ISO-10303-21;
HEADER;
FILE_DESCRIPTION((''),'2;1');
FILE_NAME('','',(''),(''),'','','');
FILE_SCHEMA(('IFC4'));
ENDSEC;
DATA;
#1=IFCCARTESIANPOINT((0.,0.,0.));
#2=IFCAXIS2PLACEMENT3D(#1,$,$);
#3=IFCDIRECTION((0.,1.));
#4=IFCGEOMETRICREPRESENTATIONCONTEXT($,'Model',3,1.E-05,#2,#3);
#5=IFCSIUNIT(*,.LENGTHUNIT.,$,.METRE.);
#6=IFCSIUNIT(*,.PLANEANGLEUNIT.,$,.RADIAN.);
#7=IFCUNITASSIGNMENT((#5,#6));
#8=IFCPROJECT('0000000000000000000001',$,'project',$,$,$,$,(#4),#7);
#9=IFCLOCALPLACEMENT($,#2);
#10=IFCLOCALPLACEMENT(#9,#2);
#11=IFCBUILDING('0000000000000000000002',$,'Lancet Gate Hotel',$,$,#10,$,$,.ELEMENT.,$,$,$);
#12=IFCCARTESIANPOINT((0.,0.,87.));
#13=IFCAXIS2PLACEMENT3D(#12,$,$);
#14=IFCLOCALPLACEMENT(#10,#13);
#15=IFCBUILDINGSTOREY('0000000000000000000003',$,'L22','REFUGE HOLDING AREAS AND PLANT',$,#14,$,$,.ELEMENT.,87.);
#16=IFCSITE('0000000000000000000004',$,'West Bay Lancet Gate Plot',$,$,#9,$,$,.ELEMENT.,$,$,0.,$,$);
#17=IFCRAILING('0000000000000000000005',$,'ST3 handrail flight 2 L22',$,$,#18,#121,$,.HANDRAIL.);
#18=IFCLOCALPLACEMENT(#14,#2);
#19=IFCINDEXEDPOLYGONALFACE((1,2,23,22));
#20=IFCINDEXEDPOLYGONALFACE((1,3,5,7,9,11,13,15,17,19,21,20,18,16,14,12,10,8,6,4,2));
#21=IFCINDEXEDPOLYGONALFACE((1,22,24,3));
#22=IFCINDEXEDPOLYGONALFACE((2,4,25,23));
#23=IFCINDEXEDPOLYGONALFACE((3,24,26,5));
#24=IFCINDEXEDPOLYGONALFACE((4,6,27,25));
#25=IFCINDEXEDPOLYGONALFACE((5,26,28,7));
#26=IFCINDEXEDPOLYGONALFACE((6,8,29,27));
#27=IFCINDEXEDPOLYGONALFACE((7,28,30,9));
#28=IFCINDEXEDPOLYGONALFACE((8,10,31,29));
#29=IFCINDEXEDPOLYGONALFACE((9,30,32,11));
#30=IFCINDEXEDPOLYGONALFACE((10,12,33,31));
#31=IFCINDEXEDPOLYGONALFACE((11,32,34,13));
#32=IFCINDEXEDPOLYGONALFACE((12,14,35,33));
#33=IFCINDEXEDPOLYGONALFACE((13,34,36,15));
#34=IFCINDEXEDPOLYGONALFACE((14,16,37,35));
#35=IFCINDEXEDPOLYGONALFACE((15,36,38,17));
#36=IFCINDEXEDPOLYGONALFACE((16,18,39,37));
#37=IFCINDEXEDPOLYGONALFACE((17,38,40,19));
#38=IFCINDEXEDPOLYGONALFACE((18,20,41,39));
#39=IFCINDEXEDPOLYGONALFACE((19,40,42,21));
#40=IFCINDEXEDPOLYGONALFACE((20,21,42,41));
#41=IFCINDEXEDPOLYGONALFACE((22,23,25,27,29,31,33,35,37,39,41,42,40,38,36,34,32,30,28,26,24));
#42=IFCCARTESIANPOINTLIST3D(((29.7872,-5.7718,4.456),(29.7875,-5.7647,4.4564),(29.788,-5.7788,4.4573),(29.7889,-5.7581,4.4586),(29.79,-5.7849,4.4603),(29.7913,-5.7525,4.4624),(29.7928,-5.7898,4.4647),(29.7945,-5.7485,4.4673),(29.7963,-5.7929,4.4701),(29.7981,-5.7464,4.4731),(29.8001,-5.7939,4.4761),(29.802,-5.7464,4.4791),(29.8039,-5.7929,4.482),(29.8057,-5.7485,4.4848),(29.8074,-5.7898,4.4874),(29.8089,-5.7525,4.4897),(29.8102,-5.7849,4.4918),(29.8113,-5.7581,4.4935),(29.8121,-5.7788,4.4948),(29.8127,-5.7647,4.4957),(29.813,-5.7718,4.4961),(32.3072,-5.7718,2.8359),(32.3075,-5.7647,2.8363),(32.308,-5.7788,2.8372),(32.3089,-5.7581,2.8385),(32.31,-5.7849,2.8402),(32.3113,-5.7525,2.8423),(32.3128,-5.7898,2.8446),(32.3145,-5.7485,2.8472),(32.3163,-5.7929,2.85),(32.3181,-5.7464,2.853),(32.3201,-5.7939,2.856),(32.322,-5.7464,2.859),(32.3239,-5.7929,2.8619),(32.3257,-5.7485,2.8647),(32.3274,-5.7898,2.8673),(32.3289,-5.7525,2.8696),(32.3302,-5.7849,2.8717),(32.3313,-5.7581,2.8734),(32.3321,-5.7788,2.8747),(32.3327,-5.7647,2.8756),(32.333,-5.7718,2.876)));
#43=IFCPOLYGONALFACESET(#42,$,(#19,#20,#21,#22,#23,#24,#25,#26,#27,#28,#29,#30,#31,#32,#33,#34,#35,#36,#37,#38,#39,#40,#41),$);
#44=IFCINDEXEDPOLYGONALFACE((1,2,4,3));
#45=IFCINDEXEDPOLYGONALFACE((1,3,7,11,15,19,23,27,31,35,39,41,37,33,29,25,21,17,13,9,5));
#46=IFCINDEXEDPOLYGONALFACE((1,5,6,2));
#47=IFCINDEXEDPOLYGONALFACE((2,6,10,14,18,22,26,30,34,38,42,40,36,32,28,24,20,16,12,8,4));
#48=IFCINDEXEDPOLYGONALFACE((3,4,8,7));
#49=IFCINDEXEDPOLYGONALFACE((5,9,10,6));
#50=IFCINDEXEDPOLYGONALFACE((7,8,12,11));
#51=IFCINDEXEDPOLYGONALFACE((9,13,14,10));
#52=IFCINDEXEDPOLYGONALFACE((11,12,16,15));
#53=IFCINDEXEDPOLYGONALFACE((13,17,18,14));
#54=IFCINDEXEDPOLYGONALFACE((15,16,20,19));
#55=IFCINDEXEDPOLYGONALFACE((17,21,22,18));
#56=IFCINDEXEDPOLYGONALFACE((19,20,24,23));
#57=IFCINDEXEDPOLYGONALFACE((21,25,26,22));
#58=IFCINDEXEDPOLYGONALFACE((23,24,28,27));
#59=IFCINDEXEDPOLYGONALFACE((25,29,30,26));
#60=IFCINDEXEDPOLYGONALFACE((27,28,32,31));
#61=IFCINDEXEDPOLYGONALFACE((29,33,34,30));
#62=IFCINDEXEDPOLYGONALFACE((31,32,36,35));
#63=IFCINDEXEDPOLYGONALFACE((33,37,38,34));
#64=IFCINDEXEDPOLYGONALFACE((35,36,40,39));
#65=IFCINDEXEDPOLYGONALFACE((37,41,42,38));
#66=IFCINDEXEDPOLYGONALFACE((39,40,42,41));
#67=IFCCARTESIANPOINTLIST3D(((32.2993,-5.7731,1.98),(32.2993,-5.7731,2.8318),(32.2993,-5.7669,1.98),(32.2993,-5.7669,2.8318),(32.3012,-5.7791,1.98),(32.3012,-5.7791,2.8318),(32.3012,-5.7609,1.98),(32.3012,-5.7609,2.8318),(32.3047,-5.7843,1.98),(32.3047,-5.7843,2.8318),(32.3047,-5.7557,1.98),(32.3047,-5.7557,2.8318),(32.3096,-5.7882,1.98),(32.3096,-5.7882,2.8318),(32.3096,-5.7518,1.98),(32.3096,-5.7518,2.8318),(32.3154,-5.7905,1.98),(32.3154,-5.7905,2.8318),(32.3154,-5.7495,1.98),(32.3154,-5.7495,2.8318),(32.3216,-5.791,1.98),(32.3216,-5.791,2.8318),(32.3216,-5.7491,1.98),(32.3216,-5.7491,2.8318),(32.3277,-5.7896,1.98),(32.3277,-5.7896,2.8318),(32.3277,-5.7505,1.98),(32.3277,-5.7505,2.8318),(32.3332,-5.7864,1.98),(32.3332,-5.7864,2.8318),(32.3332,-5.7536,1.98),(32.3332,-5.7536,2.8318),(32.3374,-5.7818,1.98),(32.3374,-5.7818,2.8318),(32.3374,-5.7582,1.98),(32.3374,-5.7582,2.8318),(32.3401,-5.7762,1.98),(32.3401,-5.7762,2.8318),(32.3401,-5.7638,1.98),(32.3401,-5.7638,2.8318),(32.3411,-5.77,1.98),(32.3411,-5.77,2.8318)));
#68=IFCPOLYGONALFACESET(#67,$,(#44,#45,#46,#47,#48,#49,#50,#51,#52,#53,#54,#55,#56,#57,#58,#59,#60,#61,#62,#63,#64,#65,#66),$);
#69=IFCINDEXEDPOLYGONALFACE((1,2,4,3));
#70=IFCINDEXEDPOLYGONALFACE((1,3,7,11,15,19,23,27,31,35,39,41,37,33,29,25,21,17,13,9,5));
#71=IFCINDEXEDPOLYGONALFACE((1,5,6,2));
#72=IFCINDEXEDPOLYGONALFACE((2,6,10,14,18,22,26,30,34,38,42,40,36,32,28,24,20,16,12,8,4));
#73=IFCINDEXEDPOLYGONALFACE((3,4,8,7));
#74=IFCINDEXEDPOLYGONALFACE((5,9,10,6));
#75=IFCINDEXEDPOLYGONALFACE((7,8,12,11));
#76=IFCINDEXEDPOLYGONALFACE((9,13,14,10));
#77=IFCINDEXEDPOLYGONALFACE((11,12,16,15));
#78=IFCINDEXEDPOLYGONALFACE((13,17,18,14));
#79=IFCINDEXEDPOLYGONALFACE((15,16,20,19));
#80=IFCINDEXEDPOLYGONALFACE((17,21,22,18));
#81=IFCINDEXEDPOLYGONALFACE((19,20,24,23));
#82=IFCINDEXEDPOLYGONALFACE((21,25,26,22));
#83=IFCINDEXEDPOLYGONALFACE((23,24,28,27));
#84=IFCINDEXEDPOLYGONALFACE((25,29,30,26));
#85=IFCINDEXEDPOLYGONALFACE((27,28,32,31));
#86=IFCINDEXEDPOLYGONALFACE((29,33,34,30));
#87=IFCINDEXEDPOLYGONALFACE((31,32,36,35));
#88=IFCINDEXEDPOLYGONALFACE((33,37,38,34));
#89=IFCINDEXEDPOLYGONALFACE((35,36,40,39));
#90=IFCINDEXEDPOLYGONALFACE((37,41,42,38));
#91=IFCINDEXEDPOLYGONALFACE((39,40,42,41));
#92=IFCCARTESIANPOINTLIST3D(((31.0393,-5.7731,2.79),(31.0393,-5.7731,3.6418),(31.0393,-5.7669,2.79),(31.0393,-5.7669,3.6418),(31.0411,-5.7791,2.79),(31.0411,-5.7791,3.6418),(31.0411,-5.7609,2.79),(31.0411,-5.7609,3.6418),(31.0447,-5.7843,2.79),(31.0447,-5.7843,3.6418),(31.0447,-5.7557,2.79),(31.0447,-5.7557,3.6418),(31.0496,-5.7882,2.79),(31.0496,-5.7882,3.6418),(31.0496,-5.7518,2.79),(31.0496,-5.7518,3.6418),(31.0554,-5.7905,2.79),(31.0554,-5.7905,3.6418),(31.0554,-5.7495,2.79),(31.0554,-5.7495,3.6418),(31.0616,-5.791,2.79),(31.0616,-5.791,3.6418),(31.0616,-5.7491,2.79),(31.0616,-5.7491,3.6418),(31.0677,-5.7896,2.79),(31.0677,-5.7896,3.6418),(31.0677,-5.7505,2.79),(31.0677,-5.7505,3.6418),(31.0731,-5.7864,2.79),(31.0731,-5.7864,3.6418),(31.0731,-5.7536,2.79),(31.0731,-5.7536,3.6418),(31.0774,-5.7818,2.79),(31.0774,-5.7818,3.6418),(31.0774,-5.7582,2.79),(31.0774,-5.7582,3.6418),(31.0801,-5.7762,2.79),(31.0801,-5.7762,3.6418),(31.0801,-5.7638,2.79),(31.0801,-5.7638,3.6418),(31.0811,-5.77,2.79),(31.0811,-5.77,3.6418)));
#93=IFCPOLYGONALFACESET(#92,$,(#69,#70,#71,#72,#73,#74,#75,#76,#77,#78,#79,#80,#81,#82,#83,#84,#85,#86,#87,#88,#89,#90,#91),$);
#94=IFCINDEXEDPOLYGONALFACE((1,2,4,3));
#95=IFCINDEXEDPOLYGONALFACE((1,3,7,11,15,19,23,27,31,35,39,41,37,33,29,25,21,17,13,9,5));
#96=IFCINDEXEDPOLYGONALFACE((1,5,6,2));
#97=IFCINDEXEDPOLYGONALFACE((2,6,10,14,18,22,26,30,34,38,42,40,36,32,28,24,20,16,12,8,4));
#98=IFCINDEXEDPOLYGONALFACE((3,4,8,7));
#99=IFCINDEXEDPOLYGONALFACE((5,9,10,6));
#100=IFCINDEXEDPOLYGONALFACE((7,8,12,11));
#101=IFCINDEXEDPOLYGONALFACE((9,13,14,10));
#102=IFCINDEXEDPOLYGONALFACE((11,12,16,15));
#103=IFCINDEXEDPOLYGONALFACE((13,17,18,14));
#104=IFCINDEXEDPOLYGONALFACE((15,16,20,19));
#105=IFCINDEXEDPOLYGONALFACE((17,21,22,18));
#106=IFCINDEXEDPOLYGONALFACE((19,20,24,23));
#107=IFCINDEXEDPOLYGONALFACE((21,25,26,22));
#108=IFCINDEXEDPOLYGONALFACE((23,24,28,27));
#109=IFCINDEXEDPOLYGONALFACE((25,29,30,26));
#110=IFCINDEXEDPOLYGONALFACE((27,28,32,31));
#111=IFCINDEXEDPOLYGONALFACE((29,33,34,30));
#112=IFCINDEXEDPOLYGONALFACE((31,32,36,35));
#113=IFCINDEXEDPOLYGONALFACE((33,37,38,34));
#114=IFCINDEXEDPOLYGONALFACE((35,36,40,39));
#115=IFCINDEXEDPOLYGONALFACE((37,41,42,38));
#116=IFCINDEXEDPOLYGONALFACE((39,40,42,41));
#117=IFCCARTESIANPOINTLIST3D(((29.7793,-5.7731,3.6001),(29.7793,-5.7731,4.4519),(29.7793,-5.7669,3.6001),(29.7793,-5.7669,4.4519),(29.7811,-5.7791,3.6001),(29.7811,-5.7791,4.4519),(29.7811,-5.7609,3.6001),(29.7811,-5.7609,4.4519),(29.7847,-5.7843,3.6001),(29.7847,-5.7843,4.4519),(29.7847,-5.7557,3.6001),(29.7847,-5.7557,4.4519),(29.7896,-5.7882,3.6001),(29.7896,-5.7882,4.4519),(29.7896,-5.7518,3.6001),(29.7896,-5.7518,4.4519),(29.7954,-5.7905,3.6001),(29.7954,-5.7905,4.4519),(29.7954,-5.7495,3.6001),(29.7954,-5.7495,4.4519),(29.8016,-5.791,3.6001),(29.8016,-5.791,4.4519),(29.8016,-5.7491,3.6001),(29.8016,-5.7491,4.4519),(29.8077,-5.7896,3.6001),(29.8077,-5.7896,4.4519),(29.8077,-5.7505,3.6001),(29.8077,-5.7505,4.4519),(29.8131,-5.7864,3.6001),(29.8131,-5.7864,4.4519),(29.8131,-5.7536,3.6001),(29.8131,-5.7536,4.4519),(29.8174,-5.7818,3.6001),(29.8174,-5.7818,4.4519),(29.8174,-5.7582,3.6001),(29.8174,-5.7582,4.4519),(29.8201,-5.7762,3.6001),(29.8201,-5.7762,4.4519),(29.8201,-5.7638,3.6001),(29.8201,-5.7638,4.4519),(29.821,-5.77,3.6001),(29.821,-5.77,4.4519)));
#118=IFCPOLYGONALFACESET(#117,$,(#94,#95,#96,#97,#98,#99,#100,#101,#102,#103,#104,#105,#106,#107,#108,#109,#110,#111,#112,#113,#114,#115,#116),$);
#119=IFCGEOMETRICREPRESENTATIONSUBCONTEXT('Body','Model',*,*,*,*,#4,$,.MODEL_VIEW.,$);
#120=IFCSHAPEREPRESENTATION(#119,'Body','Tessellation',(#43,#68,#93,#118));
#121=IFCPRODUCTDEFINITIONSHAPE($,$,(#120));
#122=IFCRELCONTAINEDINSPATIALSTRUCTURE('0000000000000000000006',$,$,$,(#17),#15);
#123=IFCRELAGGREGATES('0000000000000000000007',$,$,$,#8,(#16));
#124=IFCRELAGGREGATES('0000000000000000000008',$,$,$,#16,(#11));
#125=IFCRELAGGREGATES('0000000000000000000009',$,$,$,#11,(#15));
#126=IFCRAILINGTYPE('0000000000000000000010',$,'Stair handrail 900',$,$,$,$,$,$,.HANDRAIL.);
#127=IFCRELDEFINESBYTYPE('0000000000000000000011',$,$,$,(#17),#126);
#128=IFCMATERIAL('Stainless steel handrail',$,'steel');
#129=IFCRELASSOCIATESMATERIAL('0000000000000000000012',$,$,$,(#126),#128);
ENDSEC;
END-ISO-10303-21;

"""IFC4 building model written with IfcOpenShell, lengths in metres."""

from ifc_helpers import new_model, si_unit, direction, frame, origin, origin_2d, place, context, subcontext, project, spatial, circle, extrude, material, type_object, element, save


model = new_model("IFC4")

# Units and contexts
model_context = context("Model", 3, precision=1e-05, world=origin(), true_north=direction((0.0, 1.0)))
body_context = subcontext(model_context, "Body", "Model", "MODEL_VIEW")
ifc_project = project(units=[si_unit("LENGTHUNIT", "METRE"), si_unit("PLANEANGLEUNIT", "RADIAN")], contexts=[model_context])

# Site, building, storey
site_placement = place(None, origin())
site = spatial("IfcSite", under=ifc_project, at=site_placement, Name="West Bay Lancet Gate Plot", CompositionType="ELEMENT", RefElevation=0.0)
building_placement = place(site_placement, origin())
building = spatial("IfcBuilding", under=site, at=building_placement, Name="Lancet Gate Hotel", CompositionType="ELEMENT")
storey_placement = place(building_placement, frame((0.0, 0.0, 87.0)))
storey = spatial("IfcBuildingStorey", under=building, at=storey_placement, Name="L22", Description="REFUGE HOLDING AREAS AND PLANT", CompositionType="ELEMENT", Elevation=87.0)

# Railing
ifc_material_1 = material(Name="Stainless steel handrail", Category="steel")
railing_type = type_object("IfcRailingType", Name="Stair handrail 900", PredefinedType="HANDRAIL", material=ifc_material_1)
railing_1_placement = place(storey_placement, frame((32.3201, -5.77, 1.98)))
element("IfcRailing", 1, at=railing_1_placement, inside=storey, type_object=railing_type, Name="ST3 handrail flight 2 L22", PredefinedType="HANDRAIL", context=body_context, shape_type="SweptSolid", body=[
    extrude(circle(Radius=0.0239, at=origin_2d()), frame((0.0, 0.0, 0.876), z_axis=(-0.841163, 0.0, 0.540782), x_axis=(0.0, -1.0, 0.0)), (0.0, 0.0, 1.0), 2.9958),
    extrude(circle(Radius=0.021, at=origin_2d()), origin(), (0.0, 0.0, 1.0), 0.8518),
    extrude(circle(Radius=0.021, at=origin_2d()), frame((-1.26, 0.0, 0.8101)), (0.0, 0.0, 1.0), 0.8518),
    extrude(circle(Radius=0.021, at=origin_2d()), frame((-2.52, 0.0, 1.6201)), (0.0, 0.0, 1.0), 0.8518),
])

save(model, "model.ifc")
